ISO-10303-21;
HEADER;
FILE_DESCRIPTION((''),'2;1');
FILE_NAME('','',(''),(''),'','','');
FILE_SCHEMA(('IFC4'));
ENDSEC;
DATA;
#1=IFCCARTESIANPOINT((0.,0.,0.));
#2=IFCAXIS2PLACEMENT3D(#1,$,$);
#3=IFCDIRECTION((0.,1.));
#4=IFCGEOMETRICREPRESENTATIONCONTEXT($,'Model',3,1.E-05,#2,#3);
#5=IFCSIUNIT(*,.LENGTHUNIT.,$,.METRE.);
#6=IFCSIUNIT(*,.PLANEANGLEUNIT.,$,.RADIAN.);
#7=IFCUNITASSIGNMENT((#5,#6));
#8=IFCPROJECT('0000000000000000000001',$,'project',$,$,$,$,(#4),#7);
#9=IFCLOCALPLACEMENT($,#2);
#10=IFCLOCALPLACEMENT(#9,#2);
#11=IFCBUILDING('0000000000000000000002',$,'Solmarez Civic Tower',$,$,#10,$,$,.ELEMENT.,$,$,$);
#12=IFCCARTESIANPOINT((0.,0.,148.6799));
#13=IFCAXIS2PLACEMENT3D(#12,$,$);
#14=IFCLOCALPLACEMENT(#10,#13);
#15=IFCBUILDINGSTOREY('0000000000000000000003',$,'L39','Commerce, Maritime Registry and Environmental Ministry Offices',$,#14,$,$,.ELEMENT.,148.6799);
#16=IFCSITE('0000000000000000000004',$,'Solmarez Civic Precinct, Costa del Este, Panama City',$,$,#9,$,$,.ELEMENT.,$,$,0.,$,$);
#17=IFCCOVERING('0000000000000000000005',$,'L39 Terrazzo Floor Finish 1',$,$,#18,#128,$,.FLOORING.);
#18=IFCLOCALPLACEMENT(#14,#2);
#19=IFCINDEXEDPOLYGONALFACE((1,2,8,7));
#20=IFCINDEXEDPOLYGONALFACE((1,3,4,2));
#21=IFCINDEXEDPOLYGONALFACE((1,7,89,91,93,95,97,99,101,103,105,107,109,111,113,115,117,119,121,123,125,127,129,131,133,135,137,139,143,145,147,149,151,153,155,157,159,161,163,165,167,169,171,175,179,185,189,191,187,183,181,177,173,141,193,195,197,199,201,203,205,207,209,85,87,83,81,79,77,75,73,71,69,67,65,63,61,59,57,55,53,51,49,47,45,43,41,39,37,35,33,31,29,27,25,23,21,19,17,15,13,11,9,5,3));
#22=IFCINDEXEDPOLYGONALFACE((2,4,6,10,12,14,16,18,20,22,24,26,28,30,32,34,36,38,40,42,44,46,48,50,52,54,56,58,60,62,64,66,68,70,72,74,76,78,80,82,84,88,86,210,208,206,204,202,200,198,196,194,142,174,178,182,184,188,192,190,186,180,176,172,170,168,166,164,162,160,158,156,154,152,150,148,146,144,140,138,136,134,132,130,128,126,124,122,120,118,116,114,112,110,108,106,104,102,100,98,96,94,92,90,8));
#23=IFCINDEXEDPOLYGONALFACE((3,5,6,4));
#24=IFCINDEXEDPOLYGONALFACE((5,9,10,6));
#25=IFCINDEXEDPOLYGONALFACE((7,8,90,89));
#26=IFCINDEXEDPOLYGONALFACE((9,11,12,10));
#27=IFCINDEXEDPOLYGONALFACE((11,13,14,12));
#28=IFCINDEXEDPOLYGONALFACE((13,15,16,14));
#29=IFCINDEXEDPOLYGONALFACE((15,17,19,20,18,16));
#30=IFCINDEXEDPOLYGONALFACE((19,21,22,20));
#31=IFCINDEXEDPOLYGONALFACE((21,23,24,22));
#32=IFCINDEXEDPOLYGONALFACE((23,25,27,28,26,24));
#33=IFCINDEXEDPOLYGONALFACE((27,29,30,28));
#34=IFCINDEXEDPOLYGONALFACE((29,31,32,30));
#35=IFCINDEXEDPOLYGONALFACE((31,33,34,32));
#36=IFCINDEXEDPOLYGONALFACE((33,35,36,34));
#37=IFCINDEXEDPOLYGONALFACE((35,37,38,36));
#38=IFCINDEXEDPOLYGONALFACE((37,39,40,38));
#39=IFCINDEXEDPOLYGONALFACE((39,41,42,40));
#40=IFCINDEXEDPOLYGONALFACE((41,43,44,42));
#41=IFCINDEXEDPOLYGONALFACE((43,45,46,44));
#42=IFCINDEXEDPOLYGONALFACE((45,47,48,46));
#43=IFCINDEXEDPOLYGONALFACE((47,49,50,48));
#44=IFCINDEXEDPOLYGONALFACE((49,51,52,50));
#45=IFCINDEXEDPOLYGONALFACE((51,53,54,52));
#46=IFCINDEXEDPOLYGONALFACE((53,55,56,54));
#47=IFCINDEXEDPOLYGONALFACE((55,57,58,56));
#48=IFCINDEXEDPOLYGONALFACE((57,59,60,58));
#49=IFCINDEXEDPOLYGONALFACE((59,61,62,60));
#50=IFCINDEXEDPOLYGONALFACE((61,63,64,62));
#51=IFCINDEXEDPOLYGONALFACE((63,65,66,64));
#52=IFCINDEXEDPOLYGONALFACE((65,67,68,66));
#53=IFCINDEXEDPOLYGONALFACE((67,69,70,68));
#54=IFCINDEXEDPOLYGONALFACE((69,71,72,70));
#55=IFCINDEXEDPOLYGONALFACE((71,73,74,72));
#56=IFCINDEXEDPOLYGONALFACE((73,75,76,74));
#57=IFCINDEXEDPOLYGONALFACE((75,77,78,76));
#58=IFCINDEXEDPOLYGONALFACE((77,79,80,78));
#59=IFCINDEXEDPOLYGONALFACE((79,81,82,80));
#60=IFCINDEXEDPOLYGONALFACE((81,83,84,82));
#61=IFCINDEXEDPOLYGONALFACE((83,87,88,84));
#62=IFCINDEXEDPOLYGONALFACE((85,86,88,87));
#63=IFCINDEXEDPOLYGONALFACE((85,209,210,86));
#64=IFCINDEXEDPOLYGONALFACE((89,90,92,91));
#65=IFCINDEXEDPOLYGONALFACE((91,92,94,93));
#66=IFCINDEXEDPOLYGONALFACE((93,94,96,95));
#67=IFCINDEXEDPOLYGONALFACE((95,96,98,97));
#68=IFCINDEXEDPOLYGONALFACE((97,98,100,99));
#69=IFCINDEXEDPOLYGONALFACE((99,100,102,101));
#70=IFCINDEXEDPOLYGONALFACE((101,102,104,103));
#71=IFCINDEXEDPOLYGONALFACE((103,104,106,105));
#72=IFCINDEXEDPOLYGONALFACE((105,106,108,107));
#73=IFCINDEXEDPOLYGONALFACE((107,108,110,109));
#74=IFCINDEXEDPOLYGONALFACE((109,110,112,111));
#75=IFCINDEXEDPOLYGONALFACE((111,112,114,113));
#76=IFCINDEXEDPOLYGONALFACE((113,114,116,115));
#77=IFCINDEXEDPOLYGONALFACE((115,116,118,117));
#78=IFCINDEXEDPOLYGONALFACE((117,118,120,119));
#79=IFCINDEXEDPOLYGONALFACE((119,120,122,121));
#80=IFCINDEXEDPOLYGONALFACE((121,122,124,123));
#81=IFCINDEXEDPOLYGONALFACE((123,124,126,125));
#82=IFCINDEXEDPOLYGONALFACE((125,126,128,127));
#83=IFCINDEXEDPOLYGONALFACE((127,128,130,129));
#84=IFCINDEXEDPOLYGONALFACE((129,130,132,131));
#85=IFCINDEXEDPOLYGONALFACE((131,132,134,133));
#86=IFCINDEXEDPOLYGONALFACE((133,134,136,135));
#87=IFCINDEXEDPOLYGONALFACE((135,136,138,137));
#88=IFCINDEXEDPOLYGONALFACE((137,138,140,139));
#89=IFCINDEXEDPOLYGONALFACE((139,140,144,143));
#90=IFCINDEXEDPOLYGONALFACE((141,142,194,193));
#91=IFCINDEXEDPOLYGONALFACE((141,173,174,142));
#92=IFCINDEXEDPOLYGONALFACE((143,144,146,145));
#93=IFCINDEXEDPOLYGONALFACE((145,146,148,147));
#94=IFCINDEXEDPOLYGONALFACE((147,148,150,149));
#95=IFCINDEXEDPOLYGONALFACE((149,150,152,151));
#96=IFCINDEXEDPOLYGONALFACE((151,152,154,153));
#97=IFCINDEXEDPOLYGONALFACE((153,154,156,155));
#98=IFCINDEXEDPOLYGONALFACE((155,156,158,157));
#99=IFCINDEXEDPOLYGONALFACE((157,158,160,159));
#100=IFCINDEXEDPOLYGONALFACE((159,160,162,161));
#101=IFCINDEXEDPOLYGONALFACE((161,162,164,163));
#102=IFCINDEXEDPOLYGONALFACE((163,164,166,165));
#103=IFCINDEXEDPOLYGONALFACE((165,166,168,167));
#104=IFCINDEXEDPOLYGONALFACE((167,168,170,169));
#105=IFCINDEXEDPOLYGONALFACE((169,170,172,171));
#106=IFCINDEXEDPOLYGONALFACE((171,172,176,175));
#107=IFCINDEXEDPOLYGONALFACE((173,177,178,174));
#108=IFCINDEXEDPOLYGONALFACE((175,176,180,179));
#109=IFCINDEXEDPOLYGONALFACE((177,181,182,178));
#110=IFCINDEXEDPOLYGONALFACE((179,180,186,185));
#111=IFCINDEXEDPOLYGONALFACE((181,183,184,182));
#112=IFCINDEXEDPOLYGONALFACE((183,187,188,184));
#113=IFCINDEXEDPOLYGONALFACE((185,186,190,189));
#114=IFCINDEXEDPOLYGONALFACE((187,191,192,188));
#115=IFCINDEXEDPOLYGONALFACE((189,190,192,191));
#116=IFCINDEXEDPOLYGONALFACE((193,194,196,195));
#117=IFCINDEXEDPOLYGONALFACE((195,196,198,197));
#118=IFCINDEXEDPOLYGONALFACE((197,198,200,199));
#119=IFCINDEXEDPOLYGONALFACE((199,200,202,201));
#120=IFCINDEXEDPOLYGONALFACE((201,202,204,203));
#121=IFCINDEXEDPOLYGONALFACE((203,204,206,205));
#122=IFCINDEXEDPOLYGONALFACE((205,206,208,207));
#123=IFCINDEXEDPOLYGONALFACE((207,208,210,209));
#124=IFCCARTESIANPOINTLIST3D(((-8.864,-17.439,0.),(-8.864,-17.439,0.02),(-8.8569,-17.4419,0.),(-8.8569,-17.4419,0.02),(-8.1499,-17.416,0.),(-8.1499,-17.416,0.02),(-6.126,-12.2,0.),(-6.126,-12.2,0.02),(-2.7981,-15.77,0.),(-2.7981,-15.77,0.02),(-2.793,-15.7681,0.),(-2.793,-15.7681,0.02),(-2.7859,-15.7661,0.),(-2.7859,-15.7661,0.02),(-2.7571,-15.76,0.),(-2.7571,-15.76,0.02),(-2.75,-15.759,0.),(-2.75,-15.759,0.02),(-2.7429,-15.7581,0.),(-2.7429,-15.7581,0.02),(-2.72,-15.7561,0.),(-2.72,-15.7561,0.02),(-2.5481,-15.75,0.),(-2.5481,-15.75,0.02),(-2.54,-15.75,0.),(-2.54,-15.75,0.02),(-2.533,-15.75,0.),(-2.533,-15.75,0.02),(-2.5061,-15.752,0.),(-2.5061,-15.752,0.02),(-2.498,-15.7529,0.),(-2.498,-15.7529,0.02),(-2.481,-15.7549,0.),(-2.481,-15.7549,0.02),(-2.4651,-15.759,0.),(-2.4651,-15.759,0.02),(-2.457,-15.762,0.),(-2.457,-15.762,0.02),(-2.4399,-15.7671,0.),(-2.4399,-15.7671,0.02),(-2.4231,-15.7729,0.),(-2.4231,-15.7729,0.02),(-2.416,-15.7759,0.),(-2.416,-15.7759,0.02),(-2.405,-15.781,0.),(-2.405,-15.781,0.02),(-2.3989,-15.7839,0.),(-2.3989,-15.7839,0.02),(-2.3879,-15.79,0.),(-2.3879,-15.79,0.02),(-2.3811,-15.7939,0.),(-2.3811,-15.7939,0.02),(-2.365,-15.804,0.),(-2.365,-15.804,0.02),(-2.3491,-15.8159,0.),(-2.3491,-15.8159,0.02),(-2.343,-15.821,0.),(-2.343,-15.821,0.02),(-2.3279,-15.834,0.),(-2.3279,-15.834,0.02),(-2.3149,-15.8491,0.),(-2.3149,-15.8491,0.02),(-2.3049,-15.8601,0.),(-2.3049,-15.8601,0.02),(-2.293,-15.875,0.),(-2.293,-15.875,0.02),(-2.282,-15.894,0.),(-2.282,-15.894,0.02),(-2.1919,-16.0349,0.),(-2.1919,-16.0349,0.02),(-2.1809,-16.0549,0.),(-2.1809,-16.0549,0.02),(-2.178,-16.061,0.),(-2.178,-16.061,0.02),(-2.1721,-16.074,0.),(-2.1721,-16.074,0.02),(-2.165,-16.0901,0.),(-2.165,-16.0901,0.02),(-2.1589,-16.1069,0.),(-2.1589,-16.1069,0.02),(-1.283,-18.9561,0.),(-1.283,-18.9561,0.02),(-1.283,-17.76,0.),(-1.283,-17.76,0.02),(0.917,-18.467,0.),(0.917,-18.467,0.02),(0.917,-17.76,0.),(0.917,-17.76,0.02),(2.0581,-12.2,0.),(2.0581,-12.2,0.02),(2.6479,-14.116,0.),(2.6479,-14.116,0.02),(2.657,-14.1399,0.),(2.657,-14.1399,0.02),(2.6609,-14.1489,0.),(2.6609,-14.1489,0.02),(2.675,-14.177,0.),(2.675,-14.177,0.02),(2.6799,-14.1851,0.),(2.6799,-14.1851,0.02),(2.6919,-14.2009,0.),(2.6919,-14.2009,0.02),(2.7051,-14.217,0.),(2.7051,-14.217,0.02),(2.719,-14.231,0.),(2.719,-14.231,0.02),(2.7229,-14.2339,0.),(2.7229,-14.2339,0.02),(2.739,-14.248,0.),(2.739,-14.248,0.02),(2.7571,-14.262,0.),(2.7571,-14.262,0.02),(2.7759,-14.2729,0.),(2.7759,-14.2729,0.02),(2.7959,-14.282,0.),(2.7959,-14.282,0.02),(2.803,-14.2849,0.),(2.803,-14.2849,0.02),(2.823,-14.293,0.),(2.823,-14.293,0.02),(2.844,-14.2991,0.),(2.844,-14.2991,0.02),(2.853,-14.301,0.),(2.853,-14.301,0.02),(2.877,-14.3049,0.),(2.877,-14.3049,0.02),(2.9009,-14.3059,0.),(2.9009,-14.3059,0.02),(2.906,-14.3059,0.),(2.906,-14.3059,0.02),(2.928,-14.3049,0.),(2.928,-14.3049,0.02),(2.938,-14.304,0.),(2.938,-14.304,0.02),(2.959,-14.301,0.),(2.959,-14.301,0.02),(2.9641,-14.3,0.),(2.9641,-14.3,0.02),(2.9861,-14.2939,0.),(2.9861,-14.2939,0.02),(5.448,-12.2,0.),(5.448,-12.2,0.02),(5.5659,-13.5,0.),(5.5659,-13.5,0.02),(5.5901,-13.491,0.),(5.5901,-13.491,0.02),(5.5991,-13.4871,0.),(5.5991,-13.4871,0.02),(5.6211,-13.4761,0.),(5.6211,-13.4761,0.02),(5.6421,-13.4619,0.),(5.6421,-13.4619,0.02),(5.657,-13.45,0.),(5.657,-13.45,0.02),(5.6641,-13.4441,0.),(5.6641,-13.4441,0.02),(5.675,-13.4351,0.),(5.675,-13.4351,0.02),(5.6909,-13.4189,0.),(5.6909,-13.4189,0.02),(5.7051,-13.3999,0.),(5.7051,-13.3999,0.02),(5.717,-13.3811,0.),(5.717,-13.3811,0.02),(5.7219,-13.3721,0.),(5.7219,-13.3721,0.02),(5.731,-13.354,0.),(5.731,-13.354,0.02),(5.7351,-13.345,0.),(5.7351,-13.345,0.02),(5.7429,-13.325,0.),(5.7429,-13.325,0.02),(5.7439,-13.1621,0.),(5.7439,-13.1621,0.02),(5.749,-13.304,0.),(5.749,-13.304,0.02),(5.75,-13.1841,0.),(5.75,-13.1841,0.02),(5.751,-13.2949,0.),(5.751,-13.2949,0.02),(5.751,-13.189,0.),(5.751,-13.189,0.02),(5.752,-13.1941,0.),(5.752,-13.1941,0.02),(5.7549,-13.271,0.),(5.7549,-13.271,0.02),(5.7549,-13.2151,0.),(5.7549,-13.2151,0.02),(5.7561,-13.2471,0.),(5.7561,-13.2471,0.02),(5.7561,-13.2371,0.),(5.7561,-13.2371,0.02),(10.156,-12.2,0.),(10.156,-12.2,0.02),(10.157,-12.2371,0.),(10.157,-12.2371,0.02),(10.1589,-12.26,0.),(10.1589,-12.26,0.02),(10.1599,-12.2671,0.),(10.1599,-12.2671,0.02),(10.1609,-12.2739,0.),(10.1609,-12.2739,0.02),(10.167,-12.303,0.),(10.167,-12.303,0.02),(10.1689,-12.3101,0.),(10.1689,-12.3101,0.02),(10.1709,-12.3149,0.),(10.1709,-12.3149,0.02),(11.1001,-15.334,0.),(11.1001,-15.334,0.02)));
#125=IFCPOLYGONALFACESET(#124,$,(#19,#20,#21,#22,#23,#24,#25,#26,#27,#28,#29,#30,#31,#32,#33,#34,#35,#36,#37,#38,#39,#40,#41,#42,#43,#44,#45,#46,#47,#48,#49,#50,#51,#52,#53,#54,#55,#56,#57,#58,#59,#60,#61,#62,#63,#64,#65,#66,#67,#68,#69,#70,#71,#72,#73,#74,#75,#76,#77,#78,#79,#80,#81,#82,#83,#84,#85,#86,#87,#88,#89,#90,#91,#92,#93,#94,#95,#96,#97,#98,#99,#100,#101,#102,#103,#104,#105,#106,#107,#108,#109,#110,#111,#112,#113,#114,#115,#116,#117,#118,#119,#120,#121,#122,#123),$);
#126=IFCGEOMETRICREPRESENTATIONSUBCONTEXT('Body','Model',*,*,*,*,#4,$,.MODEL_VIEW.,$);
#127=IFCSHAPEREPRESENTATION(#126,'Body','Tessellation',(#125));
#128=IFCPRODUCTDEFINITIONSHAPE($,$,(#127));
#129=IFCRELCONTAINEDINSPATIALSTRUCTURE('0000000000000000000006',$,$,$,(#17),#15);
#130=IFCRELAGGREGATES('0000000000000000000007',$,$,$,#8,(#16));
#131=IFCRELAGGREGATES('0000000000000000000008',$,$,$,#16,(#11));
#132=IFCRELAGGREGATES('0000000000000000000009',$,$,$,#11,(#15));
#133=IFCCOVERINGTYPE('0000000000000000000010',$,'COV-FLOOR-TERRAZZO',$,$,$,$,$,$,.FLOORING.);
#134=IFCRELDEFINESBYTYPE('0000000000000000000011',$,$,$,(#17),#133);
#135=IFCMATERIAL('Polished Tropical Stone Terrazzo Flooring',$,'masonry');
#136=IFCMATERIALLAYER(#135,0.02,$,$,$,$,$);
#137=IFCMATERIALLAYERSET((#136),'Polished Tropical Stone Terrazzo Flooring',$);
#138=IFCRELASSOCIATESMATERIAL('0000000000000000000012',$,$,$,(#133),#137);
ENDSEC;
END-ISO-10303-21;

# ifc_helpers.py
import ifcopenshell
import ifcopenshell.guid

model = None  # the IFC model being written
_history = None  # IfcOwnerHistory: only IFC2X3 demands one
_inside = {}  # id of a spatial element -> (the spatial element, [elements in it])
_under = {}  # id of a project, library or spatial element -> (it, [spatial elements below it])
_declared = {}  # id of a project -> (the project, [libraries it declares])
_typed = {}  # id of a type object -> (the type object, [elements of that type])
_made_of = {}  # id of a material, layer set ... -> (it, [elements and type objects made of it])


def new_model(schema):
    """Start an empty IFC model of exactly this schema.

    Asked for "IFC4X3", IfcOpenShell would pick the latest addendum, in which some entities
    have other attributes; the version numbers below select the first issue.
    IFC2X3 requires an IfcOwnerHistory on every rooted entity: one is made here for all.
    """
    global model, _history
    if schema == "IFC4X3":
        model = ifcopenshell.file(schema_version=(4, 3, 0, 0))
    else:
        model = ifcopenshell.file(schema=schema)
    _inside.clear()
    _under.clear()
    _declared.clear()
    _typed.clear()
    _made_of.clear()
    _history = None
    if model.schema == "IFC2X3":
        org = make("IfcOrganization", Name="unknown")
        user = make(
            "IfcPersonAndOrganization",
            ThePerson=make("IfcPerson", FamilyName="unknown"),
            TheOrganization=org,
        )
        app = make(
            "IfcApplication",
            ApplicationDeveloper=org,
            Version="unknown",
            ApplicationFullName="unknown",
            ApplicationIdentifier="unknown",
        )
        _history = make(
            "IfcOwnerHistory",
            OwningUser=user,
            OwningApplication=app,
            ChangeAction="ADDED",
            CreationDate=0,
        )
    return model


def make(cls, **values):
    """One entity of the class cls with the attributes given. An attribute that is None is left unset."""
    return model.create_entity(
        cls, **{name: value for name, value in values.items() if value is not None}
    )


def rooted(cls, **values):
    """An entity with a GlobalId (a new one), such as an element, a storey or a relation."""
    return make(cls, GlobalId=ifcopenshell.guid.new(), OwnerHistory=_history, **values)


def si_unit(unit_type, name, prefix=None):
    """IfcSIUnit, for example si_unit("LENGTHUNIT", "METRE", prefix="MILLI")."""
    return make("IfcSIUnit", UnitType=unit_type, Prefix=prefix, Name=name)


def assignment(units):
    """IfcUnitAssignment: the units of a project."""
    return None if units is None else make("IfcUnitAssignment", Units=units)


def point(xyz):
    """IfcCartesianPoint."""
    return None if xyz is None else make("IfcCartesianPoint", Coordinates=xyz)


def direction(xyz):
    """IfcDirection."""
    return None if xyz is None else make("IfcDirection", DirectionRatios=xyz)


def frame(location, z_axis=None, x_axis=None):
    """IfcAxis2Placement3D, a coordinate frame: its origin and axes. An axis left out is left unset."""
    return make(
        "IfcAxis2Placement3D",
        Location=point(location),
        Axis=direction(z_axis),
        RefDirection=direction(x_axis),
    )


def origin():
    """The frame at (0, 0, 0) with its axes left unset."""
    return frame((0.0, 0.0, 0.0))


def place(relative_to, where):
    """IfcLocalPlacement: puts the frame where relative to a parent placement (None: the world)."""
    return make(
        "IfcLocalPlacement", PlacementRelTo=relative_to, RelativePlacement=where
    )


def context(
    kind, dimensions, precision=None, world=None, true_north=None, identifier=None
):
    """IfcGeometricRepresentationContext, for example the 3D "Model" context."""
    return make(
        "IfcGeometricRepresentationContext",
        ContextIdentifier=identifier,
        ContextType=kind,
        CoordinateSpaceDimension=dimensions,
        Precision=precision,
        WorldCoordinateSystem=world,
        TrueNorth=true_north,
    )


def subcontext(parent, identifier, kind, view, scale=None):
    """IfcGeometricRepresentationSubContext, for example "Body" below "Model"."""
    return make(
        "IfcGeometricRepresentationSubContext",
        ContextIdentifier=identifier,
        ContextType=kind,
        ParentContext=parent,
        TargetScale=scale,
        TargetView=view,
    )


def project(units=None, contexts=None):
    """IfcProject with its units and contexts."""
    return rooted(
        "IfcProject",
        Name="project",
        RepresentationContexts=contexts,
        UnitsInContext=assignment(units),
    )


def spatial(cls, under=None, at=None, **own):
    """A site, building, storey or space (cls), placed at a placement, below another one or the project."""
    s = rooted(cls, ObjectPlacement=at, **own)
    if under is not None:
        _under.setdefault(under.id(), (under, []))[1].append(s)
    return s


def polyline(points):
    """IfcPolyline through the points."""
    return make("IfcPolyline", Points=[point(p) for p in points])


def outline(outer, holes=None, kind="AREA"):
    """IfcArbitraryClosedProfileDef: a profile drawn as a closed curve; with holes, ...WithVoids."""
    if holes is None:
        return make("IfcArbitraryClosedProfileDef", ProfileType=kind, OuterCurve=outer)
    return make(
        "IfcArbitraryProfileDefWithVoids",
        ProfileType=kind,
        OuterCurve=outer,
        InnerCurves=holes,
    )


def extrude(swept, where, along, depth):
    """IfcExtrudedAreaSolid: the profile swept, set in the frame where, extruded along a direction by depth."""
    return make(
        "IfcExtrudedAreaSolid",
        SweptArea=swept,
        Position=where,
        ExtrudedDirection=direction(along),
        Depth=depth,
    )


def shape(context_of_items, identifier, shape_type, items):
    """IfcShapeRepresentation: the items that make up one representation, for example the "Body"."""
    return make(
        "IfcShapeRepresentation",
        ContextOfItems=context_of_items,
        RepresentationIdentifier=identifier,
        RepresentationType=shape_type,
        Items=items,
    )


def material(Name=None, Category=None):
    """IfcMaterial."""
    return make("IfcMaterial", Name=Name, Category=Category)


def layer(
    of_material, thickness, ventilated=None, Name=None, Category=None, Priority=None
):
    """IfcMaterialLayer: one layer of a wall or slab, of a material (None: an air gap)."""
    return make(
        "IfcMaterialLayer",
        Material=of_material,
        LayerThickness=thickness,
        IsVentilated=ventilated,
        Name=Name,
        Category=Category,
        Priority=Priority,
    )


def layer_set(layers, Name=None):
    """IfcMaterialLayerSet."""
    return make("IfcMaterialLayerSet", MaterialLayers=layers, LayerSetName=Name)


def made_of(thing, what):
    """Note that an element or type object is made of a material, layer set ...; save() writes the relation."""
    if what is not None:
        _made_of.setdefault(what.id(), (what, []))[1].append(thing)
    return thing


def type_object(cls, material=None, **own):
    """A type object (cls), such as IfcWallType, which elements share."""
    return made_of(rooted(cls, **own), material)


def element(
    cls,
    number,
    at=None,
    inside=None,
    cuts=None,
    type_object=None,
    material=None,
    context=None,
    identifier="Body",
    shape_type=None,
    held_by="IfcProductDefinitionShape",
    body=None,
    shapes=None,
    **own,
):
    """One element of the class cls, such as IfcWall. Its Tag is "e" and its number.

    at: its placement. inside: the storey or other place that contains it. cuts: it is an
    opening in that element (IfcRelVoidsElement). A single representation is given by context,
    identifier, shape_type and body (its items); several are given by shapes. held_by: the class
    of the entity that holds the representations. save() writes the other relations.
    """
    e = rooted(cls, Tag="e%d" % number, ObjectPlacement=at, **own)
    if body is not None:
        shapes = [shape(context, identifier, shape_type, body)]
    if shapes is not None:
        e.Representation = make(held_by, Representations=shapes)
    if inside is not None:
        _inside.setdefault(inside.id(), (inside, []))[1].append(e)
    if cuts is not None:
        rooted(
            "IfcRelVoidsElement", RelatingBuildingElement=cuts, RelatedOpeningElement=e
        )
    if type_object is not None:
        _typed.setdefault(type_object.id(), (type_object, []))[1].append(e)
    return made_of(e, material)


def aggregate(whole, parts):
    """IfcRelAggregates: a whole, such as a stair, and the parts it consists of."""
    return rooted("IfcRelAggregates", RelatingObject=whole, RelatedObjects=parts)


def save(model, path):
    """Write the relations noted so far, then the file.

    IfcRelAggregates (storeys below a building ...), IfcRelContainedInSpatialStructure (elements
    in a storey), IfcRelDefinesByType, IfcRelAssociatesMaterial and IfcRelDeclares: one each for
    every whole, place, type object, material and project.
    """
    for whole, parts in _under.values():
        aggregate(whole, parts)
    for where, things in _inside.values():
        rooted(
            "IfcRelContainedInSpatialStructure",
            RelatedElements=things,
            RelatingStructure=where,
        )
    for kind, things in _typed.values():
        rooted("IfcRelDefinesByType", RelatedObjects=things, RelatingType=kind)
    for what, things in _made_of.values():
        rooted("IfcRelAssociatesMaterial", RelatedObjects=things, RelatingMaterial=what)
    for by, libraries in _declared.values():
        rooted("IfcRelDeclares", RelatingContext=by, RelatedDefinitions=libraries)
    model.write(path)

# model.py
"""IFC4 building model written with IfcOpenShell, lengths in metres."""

from ifc_helpers import new_model, si_unit, direction, frame, origin, place, context, subcontext, project, spatial, polyline, outline, extrude, material, layer, layer_set, type_object, element, save


model = new_model("IFC4")

# Units and contexts
model_context = context("Model", 3, precision=1e-05, world=origin(), true_north=direction((0.0, 1.0)))
body_context = subcontext(model_context, "Body", "Model", "MODEL_VIEW")
ifc_project = project(units=[si_unit("LENGTHUNIT", "METRE"), si_unit("PLANEANGLEUNIT", "RADIAN")], contexts=[model_context])

# Site, building, storey
site_placement = place(None, origin())
site = spatial("IfcSite", under=ifc_project, at=site_placement, Name="Solmarez Civic Precinct, Costa del Este, Panama City", CompositionType="ELEMENT", RefElevation=0.0)
building_placement = place(site_placement, origin())
building = spatial("IfcBuilding", under=site, at=building_placement, Name="Solmarez Civic Tower", CompositionType="ELEMENT")
storey_placement = place(building_placement, frame((0.0, 0.0, 148.6799)))
storey = spatial("IfcBuildingStorey", under=building, at=storey_placement, Name="L39", Description="Commerce, Maritime Registry and Environmental Ministry Offices", CompositionType="ELEMENT", Elevation=148.6799)

# Covering
ifc_material_1 = material(Name="Polished Tropical Stone Terrazzo Flooring", Category="masonry")
ifc_layer_1 = layer(ifc_material_1, 0.02)
ifc_layer_set_1 = layer_set([ifc_layer_1], Name="Polished Tropical Stone Terrazzo Flooring")
covering_type_1 = type_object("IfcCoveringType", Name="COV-FLOOR-TERRAZZO", PredefinedType="FLOORING", material=ifc_layer_set_1)
covering_1_placement = place(storey_placement, origin())
element("IfcCovering", 1, at=covering_1_placement, inside=storey, type_object=covering_type_1, Name="L39 Terrazzo Floor Finish 1", PredefinedType="FLOORING", context=body_context, shape_type="SweptSolid", body=[
    extrude(outline(polyline([(-2.3049, -15.8601), (-2.293, -15.875), (-2.282, -15.894), (-2.1919, -16.0349), (-2.1809, -16.0549), (-2.178, -16.061), (-2.1721, -16.074), (-2.165, -16.0901), (-2.1589, -16.1069), (-1.283, -18.9561), (-1.283, -17.76), (0.917, -17.76), (0.917, -18.467), (11.1001, -15.334), (10.1709, -12.3149), (10.1689, -12.3101), (10.167, -12.303), (10.1609, -12.2739), (10.1599, -12.2671), (10.1589, -12.26), (10.157, -12.2371), (10.156, -12.2), (5.448, -12.2), (5.7439, -13.1621), (5.75, -13.1841), (5.751, -13.189), (5.752, -13.1941), (5.7549, -13.2151), (5.7561, -13.2371), (5.7561, -13.2471), (5.7549, -13.271), (5.751, -13.2949), (5.749, -13.304), (5.7429, -13.325), (5.7351, -13.345), (5.731, -13.354), (5.7219, -13.3721), (5.717, -13.3811), (5.7051, -13.3999), (5.6909, -13.4189), (5.675, -13.4351), (5.6641, -13.4441), (5.657, -13.45), (5.6421, -13.4619), (5.6211, -13.4761), (5.5991, -13.4871), (5.5901, -13.491), (5.5659, -13.5), (2.9861, -14.2939), (2.9641, -14.3), (2.959, -14.301), (2.938, -14.304), (2.928, -14.3049), (2.906, -14.3059), (2.9009, -14.3059), (2.877, -14.3049), (2.853, -14.301), (2.844, -14.2991), (2.823, -14.293), (2.803, -14.2849), (2.7959, -14.282), (2.7759, -14.2729), (2.7571, -14.262), (2.739, -14.248), (2.7229, -14.2339), (2.719, -14.231), (2.7051, -14.217), (2.6919, -14.2009), (2.6799, -14.1851), (2.675, -14.177), (2.6609, -14.1489), (2.657, -14.1399), (2.6479, -14.116), (2.0581, -12.2), (-6.126, -12.2), (-8.864, -17.439), (-8.8569, -17.4419), (-8.1499, -17.416), (-2.7981, -15.77), (-2.793, -15.7681), (-2.7859, -15.7661), (-2.7571, -15.76), (-2.75, -15.759), (-2.7429, -15.7581), (-2.72, -15.7561), (-2.5481, -15.75), (-2.54, -15.75), (-2.533, -15.75), (-2.5061, -15.752), (-2.498, -15.7529), (-2.481, -15.7549), (-2.4651, -15.759), (-2.457, -15.762), (-2.4399, -15.7671), (-2.4231, -15.7729), (-2.416, -15.7759), (-2.405, -15.781), (-2.3989, -15.7839), (-2.3879, -15.79), (-2.3811, -15.7939), (-2.365, -15.804), (-2.3491, -15.8159), (-2.343, -15.821), (-2.3279, -15.834), (-2.3149, -15.8491), (-2.3049, -15.8601)])), origin(), (0.0, 0.0, 1.0), 0.02),
])

save(model, "model.ifc")
